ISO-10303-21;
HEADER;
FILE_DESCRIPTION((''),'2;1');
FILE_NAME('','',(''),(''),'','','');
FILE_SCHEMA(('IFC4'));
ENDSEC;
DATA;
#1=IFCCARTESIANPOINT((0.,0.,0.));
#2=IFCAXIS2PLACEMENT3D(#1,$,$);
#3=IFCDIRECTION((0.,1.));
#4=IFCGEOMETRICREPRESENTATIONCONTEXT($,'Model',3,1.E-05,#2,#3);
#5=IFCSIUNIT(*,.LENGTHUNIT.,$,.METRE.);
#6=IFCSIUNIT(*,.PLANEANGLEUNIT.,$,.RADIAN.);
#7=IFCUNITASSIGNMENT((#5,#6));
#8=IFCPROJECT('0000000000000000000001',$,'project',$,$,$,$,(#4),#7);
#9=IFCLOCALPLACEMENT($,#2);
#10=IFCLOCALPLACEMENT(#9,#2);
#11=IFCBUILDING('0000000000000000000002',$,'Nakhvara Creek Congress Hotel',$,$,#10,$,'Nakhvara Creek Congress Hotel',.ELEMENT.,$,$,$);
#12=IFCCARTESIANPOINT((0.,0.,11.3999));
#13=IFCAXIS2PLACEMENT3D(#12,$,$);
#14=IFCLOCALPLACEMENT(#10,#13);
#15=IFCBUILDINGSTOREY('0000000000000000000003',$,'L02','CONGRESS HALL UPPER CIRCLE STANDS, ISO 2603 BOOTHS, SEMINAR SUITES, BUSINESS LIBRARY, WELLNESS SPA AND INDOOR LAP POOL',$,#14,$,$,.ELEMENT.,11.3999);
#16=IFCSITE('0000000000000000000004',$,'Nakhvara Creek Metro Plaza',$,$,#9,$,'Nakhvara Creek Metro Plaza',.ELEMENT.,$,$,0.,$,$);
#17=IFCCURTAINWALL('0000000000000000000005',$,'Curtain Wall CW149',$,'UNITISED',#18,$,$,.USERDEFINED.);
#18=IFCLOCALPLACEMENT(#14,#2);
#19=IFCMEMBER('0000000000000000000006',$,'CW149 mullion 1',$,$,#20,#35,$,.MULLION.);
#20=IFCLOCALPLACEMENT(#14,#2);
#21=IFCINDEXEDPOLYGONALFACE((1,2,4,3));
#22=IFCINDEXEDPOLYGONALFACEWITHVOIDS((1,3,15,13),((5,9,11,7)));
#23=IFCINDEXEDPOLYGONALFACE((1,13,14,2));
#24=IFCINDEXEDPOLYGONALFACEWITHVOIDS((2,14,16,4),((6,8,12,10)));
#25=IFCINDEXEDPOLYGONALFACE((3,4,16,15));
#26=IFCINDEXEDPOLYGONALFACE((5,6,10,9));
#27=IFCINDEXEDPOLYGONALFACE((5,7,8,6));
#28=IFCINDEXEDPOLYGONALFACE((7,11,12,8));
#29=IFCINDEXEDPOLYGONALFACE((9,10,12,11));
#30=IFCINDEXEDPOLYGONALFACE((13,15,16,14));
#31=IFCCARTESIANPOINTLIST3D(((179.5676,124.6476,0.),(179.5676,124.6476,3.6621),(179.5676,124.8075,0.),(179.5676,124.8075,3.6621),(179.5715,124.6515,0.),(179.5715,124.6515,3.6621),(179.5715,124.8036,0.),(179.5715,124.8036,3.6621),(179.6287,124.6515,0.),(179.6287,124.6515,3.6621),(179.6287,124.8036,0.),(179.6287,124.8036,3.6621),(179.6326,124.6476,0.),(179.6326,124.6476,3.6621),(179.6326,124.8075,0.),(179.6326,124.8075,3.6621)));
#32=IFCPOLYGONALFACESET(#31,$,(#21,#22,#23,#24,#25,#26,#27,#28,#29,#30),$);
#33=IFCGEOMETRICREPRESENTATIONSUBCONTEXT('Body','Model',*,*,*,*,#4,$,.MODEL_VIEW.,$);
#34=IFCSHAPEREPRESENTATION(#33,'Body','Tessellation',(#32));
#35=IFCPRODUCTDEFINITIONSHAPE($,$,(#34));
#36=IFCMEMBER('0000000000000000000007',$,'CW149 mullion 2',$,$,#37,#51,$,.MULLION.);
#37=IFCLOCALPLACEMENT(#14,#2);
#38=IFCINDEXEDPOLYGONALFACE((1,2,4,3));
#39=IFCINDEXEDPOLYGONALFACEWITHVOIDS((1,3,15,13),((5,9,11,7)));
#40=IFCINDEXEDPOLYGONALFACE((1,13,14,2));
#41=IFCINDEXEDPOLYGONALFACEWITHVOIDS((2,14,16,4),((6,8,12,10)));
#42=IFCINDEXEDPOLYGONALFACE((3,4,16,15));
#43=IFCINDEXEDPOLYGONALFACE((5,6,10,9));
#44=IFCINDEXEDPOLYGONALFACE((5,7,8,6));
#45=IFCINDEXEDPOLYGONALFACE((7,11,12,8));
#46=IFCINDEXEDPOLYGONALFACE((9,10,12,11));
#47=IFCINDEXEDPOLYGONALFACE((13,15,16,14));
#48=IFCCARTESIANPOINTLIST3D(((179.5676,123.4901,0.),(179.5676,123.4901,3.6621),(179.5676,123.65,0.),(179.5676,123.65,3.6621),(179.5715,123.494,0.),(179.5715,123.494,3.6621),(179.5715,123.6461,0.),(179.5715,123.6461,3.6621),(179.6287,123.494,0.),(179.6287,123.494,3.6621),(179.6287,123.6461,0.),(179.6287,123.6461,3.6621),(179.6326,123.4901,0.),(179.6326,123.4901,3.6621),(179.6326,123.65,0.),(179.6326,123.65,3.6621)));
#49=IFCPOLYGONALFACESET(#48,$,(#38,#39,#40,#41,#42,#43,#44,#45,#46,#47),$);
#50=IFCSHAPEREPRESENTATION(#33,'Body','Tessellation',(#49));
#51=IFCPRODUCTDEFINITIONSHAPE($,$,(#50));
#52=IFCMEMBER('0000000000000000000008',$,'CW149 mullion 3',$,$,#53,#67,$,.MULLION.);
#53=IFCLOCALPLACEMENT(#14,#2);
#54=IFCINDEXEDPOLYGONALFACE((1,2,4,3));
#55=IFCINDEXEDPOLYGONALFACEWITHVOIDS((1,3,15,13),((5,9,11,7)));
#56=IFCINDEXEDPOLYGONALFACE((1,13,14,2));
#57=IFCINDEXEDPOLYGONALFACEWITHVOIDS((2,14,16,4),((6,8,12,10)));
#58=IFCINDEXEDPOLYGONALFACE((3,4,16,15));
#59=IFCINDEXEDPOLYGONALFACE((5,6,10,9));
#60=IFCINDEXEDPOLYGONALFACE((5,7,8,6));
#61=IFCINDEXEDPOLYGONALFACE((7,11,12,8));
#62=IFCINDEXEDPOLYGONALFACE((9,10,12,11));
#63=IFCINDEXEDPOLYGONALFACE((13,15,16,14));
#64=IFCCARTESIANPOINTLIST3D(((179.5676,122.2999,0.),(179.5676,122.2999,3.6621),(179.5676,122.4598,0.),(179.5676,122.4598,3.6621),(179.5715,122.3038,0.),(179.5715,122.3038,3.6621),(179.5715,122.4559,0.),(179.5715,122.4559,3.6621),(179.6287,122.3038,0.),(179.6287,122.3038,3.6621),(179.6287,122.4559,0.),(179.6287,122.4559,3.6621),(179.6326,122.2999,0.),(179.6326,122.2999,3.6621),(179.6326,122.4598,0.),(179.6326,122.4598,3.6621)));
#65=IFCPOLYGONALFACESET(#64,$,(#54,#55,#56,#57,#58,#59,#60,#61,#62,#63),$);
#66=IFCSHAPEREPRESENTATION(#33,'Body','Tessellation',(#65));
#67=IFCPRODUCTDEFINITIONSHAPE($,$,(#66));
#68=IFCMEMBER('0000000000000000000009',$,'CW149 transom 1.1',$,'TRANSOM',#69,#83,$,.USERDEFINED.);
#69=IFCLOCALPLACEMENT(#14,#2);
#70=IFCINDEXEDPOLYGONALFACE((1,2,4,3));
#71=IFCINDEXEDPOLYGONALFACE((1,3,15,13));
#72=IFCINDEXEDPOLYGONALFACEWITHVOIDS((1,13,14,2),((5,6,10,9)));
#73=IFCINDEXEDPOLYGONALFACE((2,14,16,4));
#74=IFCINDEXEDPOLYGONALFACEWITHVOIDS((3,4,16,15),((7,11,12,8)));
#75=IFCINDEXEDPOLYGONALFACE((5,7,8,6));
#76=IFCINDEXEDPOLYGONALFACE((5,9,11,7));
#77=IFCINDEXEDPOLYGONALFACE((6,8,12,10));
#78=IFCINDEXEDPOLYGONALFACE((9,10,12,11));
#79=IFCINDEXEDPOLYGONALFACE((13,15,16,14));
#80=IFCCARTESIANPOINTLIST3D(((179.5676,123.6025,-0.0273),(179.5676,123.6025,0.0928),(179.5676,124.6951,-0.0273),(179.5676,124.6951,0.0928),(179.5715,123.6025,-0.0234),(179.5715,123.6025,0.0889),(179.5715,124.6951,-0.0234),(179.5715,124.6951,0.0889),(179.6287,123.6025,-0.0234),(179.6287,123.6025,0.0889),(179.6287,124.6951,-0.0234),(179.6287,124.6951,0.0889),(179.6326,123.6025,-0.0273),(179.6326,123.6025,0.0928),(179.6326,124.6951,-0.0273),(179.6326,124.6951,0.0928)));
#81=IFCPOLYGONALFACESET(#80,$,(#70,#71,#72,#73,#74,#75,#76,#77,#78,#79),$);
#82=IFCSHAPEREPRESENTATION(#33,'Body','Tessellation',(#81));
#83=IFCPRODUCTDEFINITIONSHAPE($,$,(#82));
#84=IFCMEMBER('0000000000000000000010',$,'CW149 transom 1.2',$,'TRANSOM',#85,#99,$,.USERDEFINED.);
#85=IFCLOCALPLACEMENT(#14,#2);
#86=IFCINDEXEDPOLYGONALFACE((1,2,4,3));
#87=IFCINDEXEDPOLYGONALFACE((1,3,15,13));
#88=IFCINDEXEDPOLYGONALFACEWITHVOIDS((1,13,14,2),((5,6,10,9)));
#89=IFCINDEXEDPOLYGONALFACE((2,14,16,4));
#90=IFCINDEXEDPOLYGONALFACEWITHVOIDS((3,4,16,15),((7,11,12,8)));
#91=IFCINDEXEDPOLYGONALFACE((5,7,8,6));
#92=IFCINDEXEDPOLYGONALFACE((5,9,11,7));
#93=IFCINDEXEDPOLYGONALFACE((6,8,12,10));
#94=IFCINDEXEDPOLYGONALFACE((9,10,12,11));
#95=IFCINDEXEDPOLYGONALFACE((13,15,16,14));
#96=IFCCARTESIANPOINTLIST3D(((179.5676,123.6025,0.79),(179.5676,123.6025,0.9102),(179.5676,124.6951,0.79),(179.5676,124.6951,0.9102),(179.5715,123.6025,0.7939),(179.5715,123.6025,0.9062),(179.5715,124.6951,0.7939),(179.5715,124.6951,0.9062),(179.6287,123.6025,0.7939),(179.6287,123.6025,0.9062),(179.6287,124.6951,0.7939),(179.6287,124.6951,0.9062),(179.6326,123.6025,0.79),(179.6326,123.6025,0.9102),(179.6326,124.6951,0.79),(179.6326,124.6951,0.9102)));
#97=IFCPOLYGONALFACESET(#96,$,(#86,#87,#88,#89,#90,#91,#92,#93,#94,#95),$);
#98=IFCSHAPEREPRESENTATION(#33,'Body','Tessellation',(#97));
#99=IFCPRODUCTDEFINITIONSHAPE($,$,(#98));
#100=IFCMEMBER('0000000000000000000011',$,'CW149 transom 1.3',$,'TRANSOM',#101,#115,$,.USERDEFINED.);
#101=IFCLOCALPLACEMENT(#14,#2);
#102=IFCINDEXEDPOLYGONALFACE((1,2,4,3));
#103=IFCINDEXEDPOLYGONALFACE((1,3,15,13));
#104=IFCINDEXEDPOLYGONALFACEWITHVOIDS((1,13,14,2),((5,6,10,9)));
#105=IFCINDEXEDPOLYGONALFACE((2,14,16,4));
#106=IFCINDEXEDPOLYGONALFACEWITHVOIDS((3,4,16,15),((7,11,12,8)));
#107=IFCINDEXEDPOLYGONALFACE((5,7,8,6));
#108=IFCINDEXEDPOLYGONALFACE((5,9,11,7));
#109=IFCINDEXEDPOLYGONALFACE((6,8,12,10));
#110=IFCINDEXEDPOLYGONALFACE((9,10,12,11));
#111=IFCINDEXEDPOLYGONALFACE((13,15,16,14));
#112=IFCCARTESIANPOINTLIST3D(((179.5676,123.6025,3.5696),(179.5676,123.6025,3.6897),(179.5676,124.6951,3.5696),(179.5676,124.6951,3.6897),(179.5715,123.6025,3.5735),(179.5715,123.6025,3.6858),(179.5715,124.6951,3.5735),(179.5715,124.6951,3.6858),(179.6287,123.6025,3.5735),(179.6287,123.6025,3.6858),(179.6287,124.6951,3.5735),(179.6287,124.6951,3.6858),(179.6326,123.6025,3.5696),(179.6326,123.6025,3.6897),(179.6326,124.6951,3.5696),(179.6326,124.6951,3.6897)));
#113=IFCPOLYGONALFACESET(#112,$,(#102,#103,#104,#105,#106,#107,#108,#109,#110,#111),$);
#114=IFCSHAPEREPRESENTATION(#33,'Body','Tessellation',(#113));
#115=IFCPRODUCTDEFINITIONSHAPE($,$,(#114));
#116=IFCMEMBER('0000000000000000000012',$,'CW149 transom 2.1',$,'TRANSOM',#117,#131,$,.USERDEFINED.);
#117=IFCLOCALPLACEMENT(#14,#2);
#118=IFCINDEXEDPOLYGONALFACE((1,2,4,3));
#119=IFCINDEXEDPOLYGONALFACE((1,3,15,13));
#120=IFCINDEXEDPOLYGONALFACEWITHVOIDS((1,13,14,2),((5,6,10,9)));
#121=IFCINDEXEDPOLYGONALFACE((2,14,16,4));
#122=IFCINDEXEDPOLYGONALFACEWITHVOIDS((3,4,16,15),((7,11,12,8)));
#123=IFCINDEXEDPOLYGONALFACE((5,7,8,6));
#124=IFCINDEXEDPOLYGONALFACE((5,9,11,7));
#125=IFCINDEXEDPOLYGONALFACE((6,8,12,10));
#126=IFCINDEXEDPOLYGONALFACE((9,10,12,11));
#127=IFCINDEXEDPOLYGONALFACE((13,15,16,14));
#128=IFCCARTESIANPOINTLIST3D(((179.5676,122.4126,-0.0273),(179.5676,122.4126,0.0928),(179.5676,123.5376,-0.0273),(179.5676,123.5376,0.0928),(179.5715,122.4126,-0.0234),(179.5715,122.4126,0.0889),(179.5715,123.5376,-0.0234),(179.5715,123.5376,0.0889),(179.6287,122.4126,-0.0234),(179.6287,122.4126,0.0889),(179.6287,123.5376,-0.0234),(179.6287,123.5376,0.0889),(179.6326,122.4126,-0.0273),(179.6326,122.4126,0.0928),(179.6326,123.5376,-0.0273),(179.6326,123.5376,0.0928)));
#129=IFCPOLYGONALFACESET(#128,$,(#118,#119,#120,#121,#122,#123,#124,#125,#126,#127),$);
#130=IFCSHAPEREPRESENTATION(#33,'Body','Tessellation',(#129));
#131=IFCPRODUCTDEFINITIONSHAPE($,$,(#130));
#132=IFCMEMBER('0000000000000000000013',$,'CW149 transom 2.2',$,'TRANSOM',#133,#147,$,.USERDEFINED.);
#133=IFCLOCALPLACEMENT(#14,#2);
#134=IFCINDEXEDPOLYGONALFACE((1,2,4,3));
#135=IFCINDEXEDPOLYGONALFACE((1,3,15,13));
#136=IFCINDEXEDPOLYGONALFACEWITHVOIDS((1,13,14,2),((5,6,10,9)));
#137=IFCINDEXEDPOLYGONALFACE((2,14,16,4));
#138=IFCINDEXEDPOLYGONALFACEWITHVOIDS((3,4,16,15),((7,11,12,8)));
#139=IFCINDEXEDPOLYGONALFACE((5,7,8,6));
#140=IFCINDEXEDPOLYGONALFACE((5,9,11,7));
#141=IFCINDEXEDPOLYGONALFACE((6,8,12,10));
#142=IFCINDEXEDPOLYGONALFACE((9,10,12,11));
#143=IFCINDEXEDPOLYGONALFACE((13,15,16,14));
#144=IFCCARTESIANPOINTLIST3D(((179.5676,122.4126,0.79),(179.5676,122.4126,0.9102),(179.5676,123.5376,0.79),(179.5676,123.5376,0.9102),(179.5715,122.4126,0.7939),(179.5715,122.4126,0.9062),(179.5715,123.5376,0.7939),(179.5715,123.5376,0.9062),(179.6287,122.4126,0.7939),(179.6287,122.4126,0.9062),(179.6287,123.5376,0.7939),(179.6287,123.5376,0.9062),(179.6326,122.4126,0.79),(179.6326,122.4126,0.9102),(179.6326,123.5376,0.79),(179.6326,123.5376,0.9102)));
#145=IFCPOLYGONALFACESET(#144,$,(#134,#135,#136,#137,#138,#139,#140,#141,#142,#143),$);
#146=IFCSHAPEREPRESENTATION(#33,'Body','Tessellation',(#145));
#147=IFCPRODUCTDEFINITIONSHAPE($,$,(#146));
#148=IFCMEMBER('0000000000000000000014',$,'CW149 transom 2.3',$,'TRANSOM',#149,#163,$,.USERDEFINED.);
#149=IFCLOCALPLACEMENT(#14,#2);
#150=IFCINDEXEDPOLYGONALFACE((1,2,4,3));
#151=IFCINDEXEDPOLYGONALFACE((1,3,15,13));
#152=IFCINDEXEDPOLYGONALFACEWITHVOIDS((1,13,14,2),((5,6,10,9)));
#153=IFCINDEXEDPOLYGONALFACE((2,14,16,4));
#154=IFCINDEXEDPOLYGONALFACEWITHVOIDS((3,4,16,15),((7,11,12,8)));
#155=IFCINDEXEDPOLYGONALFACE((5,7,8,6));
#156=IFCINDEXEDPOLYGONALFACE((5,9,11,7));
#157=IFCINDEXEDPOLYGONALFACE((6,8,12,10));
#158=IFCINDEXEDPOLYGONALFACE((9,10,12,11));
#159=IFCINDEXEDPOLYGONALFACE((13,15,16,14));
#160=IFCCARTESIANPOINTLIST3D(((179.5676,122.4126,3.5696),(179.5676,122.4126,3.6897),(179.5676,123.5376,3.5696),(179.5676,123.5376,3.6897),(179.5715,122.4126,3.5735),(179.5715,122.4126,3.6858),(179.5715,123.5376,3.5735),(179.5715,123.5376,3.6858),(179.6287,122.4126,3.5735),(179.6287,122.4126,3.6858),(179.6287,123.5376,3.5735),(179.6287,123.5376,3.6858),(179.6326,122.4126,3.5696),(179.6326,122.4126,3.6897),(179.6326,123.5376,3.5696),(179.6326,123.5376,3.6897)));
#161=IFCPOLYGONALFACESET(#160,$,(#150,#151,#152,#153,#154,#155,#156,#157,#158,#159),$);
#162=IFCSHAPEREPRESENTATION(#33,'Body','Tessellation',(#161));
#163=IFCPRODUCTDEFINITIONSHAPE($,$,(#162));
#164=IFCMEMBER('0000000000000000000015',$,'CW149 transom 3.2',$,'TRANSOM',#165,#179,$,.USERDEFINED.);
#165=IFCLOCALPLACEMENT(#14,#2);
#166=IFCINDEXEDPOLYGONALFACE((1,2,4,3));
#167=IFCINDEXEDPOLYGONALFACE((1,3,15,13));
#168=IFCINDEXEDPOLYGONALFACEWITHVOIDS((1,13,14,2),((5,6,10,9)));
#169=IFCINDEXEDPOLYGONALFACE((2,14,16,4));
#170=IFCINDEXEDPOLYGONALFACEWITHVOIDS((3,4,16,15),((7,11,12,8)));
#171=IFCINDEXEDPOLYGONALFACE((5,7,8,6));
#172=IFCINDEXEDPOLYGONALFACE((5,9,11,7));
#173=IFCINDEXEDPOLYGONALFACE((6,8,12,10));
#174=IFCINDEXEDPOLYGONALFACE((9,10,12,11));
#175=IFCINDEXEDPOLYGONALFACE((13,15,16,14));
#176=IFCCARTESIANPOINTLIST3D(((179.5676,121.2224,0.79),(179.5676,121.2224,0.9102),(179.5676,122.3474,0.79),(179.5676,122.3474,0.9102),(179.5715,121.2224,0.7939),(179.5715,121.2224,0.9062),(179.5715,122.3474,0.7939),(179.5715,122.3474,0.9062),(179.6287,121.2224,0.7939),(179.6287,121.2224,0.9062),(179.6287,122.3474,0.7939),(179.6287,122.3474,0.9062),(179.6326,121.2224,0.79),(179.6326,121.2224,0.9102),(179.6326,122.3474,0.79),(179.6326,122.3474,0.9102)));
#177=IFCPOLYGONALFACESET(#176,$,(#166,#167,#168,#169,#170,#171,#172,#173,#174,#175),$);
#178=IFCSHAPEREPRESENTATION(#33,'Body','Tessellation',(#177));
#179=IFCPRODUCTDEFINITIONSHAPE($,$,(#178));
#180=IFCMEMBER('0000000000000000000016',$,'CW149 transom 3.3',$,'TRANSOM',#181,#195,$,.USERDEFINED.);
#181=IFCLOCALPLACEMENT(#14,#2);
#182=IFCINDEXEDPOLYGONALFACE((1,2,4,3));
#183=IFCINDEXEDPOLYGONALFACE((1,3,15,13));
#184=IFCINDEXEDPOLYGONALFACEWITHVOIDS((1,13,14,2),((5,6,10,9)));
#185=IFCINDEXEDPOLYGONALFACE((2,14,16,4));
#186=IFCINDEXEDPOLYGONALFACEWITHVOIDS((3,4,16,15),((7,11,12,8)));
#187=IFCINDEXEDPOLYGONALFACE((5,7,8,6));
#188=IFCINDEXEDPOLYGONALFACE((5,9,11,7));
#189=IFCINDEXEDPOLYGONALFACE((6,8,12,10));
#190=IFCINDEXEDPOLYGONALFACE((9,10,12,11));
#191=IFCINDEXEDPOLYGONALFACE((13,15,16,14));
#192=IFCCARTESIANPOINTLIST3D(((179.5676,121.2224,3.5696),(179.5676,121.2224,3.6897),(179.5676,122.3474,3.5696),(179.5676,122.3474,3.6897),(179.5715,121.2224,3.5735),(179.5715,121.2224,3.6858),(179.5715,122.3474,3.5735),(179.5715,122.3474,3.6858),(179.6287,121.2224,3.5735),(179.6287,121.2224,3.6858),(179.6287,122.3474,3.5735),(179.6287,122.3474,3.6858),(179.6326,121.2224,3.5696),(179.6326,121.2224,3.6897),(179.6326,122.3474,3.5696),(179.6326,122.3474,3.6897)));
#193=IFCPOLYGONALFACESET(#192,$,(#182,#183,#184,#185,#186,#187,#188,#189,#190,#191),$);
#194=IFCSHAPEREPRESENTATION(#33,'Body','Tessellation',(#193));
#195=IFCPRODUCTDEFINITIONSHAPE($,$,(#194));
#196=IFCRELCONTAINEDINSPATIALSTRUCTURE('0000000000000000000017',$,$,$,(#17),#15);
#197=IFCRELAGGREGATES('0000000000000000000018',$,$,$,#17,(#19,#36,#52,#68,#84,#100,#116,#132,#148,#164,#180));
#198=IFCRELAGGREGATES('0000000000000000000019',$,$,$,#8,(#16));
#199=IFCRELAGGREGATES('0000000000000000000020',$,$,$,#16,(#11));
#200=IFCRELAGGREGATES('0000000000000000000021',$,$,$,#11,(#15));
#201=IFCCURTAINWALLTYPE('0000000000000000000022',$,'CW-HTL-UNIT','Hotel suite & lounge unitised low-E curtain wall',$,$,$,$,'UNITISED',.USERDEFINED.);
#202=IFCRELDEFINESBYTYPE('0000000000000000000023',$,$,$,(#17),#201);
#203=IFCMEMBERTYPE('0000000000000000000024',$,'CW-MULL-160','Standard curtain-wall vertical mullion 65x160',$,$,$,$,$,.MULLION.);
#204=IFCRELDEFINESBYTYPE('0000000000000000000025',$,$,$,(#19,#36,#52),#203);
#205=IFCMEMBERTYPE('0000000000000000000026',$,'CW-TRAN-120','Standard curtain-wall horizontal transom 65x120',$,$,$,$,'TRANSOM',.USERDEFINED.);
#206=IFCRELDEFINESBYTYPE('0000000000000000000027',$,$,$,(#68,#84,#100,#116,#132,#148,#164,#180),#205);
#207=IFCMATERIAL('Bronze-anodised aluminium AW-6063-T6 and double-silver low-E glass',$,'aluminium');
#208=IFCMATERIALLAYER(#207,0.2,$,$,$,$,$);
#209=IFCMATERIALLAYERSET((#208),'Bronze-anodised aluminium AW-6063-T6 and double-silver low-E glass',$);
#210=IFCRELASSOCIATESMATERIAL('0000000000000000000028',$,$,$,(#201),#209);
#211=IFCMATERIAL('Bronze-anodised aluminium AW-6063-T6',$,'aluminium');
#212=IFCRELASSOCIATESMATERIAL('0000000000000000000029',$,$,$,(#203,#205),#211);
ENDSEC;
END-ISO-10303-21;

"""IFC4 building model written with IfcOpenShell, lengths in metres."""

from ifc_helpers import new_model, si_unit, direction, frame, origin, origin_2d, place, context, subcontext, project, spatial, hollow_rectangle, extrude, material, layer, layer_set, material_profile, profile_set, type_object, element, aggregate, save


model = new_model("IFC4")

# Units and contexts
model_context = context("Model", 3, precision=1e-05, world=origin(), true_north=direction((0.0, 1.0)))
body_context = subcontext(model_context, "Body", "Model", "MODEL_VIEW")
ifc_project = project(units=[si_unit("LENGTHUNIT", "METRE"), si_unit("PLANEANGLEUNIT", "RADIAN")], contexts=[model_context])

# Site, building, storey
site_placement = place(None, origin())
site = spatial("IfcSite", under=ifc_project, at=site_placement, Name="Nakhvara Creek Metro Plaza", LongName="Nakhvara Creek Metro Plaza", CompositionType="ELEMENT", RefElevation=0.0)
building_placement = place(site_placement, origin())
building = spatial("IfcBuilding", under=site, at=building_placement, Name="Nakhvara Creek Congress Hotel", LongName="Nakhvara Creek Congress Hotel", CompositionType="ELEMENT")
storey_placement = place(building_placement, frame((0.0, 0.0, 11.3999)))
storey = spatial("IfcBuildingStorey", under=building, at=storey_placement, Name="L02", Description="CONGRESS HALL UPPER CIRCLE STANDS, ISO 2603 BOOTHS, SEMINAR SUITES, BUSINESS LIBRARY, WELLNESS SPA AND INDOOR LAP POOL", CompositionType="ELEMENT", Elevation=11.3999)

# Curtain wall, members
ifc_material_1 = material(Name="Bronze-anodised aluminium AW-6063-T6 and double-silver low-E glass", Category="aluminium")
ifc_layer_1 = layer(ifc_material_1, 0.2)
ifc_layer_set_1 = layer_set([ifc_layer_1], Name="Bronze-anodised aluminium AW-6063-T6 and double-silver low-E glass")
curtain_wall_type = type_object("IfcCurtainWallType", Name="CW-HTL-UNIT", Description="Hotel suite & lounge unitised low-E curtain wall", ElementType="UNITISED", PredefinedType="USERDEFINED", material=ifc_layer_set_1)
curtain_wall_placement = place(storey_placement, origin())
curtain_wall = element("IfcCurtainWall", 1, at=curtain_wall_placement, inside=storey, type_object=curtain_wall_type, Name="Curtain Wall CW149", ObjectType="UNITISED", PredefinedType="USERDEFINED")
ifc_material_2 = material(Name="Bronze-anodised aluminium AW-6063-T6", Category="aluminium")
ifc_material_profile_1 = material_profile(ifc_material_2, hollow_rectangle(XDim=0.0649, YDim=0.1599, WallThickness=0.0039, at=origin_2d()), Name="ALU-MULL 65x160x4", Category="LoadBearing")
ifc_profile_set_1 = profile_set([ifc_material_profile_1], Name="Bronze-anodised aluminium AW-6063-T6")
member_type_1 = type_object("IfcMemberType", Name="CW-MULL-160", Description="Standard curtain-wall vertical mullion 65x160", PredefinedType="MULLION", material=ifc_profile_set_1)
member_1_placement = place(storey_placement, frame((179.6001, 124.7275, 0.0), z_axis=(0.0, 0.0, 1.0), x_axis=(1.0, 0.0, 0.0)))
member_1 = element("IfcMember", 2, at=member_1_placement, type_object=member_type_1, Name="CW149 mullion 1", PredefinedType="MULLION", context=body_context, shape_type="SweptSolid", body=[
    extrude(hollow_rectangle(XDim=0.0649, YDim=0.1599, WallThickness=0.0039, at=origin_2d()), origin(), (0.0, 0.0, 1.0), 3.6621),
])
member_2_placement = place(storey_placement, frame((179.6001, 123.5701, 0.0), z_axis=(0.0, 0.0, 1.0), x_axis=(1.0, 0.0, 0.0)))
member_2 = element("IfcMember", 3, at=member_2_placement, type_object=member_type_1, Name="CW149 mullion 2", PredefinedType="MULLION", context=body_context, shape_type="SweptSolid", body=[
    extrude(hollow_rectangle(XDim=0.0649, YDim=0.1599, WallThickness=0.0039, at=origin_2d()), origin(), (0.0, 0.0, 1.0), 3.6621),
])
member_3_placement = place(storey_placement, frame((179.6001, 122.3799, 0.0), z_axis=(0.0, 0.0, 1.0), x_axis=(1.0, 0.0, 0.0)))
member_3 = element("IfcMember", 4, at=member_3_placement, type_object=member_type_1, Name="CW149 mullion 3", PredefinedType="MULLION", context=body_context, shape_type="SweptSolid", body=[
    extrude(hollow_rectangle(XDim=0.0649, YDim=0.1599, WallThickness=0.0039, at=origin_2d()), origin(), (0.0, 0.0, 1.0), 3.6621),
])
ifc_material_profile_2 = material_profile(ifc_material_2, hollow_rectangle(XDim=0.0649, YDim=0.1201, WallThickness=0.0039, at=origin_2d()), Name="ALU-TRAN 65x120x4", Category="LoadBearing")
ifc_profile_set_2 = profile_set([ifc_material_profile_2], Name="Bronze-anodised aluminium AW-6063-T6")
member_type_2 = type_object("IfcMemberType", Name="CW-TRAN-120", Description="Standard curtain-wall horizontal transom 65x120", ElementType="TRANSOM", PredefinedType="USERDEFINED", material=ifc_profile_set_2)
member_4_placement = place(storey_placement, frame((179.6001, 124.6951, 0.0327), z_axis=(0.0, -1.0, 0.0), x_axis=(1.0, 0.0, 0.0)))
member_4 = element("IfcMember", 5, at=member_4_placement, type_object=member_type_2, Name="CW149 transom 1.1", ObjectType="TRANSOM", PredefinedType="USERDEFINED", context=body_context, shape_type="SweptSolid", body=[
    extrude(hollow_rectangle(XDim=0.0649, YDim=0.1201, WallThickness=0.0039, at=origin_2d()), origin(), (0.0, 0.0, 1.0), 1.0925),
])
member_5_placement = place(storey_placement, frame((179.6001, 124.6951, 0.8501), z_axis=(0.0, -1.0, 0.0), x_axis=(1.0, 0.0, 0.0)))
member_5 = element("IfcMember", 6, at=member_5_placement, type_object=member_type_2, Name="CW149 transom 1.2", ObjectType="TRANSOM", PredefinedType="USERDEFINED", context=body_context, shape_type="SweptSolid", body=[
    extrude(hollow_rectangle(XDim=0.0649, YDim=0.1201, WallThickness=0.0039, at=origin_2d()), origin(), (0.0, 0.0, 1.0), 1.0925),
])
member_6_placement = place(storey_placement, frame((179.6001, 124.6951, 3.6296), z_axis=(0.0, -1.0, 0.0), x_axis=(1.0, 0.0, 0.0)))
member_6 = element("IfcMember", 7, at=member_6_placement, type_object=member_type_2, Name="CW149 transom 1.3", ObjectType="TRANSOM", PredefinedType="USERDEFINED", context=body_context, shape_type="SweptSolid", body=[
    extrude(hollow_rectangle(XDim=0.0649, YDim=0.1201, WallThickness=0.0039, at=origin_2d()), origin(), (0.0, 0.0, 1.0), 1.0925),
])
member_7_placement = place(storey_placement, frame((179.6001, 123.5376, 0.0327), z_axis=(0.0, -1.0, 0.0), x_axis=(1.0, 0.0, 0.0)))
member_7 = element("IfcMember", 8, at=member_7_placement, type_object=member_type_2, Name="CW149 transom 2.1", ObjectType="TRANSOM", PredefinedType="USERDEFINED", context=body_context, shape_type="SweptSolid", body=[
    extrude(hollow_rectangle(XDim=0.0649, YDim=0.1201, WallThickness=0.0039, at=origin_2d()), origin(), (0.0, 0.0, 1.0), 1.125),
])
member_8_placement = place(storey_placement, frame((179.6001, 123.5376, 0.8501), z_axis=(0.0, -1.0, 0.0), x_axis=(1.0, 0.0, 0.0)))
member_8 = element("IfcMember", 9, at=member_8_placement, type_object=member_type_2, Name="CW149 transom 2.2", ObjectType="TRANSOM", PredefinedType="USERDEFINED", context=body_context, shape_type="SweptSolid", body=[
    extrude(hollow_rectangle(XDim=0.0649, YDim=0.1201, WallThickness=0.0039, at=origin_2d()), origin(), (0.0, 0.0, 1.0), 1.125),
])
member_9_placement = place(storey_placement, frame((179.6001, 123.5376, 3.6296), z_axis=(0.0, -1.0, 0.0), x_axis=(1.0, 0.0, 0.0)))
member_9 = element("IfcMember", 10, at=member_9_placement, type_object=member_type_2, Name="CW149 transom 2.3", ObjectType="TRANSOM", PredefinedType="USERDEFINED", context=body_context, shape_type="SweptSolid", body=[
    extrude(hollow_rectangle(XDim=0.0649, YDim=0.1201, WallThickness=0.0039, at=origin_2d()), origin(), (0.0, 0.0, 1.0), 1.125),
])
member_10_placement = place(storey_placement, frame((179.6001, 122.3474, 0.8501), z_axis=(0.0, -1.0, 0.0), x_axis=(1.0, 0.0, 0.0)))
member_10 = element("IfcMember", 11, at=member_10_placement, type_object=member_type_2, Name="CW149 transom 3.2", ObjectType="TRANSOM", PredefinedType="USERDEFINED", context=body_context, shape_type="SweptSolid", body=[
    extrude(hollow_rectangle(XDim=0.0649, YDim=0.1201, WallThickness=0.0039, at=origin_2d()), origin(), (0.0, 0.0, 1.0), 1.125),
])
member_11_placement = place(storey_placement, frame((179.6001, 122.3474, 3.6296), z_axis=(0.0, -1.0, 0.0), x_axis=(1.0, 0.0, 0.0)))
member_11 = element("IfcMember", 12, at=member_11_placement, type_object=member_type_2, Name="CW149 transom 3.3", ObjectType="TRANSOM", PredefinedType="USERDEFINED", context=body_context, shape_type="SweptSolid", body=[
    extrude(hollow_rectangle(XDim=0.0649, YDim=0.1201, WallThickness=0.0039, at=origin_2d()), origin(), (0.0, 0.0, 1.0), 1.125),
])
aggregate(curtain_wall, [member_1, member_2, member_3, member_4, member_5, member_6, member_7, member_8, member_9, member_10, member_11])

save(model, "model.ifc")
